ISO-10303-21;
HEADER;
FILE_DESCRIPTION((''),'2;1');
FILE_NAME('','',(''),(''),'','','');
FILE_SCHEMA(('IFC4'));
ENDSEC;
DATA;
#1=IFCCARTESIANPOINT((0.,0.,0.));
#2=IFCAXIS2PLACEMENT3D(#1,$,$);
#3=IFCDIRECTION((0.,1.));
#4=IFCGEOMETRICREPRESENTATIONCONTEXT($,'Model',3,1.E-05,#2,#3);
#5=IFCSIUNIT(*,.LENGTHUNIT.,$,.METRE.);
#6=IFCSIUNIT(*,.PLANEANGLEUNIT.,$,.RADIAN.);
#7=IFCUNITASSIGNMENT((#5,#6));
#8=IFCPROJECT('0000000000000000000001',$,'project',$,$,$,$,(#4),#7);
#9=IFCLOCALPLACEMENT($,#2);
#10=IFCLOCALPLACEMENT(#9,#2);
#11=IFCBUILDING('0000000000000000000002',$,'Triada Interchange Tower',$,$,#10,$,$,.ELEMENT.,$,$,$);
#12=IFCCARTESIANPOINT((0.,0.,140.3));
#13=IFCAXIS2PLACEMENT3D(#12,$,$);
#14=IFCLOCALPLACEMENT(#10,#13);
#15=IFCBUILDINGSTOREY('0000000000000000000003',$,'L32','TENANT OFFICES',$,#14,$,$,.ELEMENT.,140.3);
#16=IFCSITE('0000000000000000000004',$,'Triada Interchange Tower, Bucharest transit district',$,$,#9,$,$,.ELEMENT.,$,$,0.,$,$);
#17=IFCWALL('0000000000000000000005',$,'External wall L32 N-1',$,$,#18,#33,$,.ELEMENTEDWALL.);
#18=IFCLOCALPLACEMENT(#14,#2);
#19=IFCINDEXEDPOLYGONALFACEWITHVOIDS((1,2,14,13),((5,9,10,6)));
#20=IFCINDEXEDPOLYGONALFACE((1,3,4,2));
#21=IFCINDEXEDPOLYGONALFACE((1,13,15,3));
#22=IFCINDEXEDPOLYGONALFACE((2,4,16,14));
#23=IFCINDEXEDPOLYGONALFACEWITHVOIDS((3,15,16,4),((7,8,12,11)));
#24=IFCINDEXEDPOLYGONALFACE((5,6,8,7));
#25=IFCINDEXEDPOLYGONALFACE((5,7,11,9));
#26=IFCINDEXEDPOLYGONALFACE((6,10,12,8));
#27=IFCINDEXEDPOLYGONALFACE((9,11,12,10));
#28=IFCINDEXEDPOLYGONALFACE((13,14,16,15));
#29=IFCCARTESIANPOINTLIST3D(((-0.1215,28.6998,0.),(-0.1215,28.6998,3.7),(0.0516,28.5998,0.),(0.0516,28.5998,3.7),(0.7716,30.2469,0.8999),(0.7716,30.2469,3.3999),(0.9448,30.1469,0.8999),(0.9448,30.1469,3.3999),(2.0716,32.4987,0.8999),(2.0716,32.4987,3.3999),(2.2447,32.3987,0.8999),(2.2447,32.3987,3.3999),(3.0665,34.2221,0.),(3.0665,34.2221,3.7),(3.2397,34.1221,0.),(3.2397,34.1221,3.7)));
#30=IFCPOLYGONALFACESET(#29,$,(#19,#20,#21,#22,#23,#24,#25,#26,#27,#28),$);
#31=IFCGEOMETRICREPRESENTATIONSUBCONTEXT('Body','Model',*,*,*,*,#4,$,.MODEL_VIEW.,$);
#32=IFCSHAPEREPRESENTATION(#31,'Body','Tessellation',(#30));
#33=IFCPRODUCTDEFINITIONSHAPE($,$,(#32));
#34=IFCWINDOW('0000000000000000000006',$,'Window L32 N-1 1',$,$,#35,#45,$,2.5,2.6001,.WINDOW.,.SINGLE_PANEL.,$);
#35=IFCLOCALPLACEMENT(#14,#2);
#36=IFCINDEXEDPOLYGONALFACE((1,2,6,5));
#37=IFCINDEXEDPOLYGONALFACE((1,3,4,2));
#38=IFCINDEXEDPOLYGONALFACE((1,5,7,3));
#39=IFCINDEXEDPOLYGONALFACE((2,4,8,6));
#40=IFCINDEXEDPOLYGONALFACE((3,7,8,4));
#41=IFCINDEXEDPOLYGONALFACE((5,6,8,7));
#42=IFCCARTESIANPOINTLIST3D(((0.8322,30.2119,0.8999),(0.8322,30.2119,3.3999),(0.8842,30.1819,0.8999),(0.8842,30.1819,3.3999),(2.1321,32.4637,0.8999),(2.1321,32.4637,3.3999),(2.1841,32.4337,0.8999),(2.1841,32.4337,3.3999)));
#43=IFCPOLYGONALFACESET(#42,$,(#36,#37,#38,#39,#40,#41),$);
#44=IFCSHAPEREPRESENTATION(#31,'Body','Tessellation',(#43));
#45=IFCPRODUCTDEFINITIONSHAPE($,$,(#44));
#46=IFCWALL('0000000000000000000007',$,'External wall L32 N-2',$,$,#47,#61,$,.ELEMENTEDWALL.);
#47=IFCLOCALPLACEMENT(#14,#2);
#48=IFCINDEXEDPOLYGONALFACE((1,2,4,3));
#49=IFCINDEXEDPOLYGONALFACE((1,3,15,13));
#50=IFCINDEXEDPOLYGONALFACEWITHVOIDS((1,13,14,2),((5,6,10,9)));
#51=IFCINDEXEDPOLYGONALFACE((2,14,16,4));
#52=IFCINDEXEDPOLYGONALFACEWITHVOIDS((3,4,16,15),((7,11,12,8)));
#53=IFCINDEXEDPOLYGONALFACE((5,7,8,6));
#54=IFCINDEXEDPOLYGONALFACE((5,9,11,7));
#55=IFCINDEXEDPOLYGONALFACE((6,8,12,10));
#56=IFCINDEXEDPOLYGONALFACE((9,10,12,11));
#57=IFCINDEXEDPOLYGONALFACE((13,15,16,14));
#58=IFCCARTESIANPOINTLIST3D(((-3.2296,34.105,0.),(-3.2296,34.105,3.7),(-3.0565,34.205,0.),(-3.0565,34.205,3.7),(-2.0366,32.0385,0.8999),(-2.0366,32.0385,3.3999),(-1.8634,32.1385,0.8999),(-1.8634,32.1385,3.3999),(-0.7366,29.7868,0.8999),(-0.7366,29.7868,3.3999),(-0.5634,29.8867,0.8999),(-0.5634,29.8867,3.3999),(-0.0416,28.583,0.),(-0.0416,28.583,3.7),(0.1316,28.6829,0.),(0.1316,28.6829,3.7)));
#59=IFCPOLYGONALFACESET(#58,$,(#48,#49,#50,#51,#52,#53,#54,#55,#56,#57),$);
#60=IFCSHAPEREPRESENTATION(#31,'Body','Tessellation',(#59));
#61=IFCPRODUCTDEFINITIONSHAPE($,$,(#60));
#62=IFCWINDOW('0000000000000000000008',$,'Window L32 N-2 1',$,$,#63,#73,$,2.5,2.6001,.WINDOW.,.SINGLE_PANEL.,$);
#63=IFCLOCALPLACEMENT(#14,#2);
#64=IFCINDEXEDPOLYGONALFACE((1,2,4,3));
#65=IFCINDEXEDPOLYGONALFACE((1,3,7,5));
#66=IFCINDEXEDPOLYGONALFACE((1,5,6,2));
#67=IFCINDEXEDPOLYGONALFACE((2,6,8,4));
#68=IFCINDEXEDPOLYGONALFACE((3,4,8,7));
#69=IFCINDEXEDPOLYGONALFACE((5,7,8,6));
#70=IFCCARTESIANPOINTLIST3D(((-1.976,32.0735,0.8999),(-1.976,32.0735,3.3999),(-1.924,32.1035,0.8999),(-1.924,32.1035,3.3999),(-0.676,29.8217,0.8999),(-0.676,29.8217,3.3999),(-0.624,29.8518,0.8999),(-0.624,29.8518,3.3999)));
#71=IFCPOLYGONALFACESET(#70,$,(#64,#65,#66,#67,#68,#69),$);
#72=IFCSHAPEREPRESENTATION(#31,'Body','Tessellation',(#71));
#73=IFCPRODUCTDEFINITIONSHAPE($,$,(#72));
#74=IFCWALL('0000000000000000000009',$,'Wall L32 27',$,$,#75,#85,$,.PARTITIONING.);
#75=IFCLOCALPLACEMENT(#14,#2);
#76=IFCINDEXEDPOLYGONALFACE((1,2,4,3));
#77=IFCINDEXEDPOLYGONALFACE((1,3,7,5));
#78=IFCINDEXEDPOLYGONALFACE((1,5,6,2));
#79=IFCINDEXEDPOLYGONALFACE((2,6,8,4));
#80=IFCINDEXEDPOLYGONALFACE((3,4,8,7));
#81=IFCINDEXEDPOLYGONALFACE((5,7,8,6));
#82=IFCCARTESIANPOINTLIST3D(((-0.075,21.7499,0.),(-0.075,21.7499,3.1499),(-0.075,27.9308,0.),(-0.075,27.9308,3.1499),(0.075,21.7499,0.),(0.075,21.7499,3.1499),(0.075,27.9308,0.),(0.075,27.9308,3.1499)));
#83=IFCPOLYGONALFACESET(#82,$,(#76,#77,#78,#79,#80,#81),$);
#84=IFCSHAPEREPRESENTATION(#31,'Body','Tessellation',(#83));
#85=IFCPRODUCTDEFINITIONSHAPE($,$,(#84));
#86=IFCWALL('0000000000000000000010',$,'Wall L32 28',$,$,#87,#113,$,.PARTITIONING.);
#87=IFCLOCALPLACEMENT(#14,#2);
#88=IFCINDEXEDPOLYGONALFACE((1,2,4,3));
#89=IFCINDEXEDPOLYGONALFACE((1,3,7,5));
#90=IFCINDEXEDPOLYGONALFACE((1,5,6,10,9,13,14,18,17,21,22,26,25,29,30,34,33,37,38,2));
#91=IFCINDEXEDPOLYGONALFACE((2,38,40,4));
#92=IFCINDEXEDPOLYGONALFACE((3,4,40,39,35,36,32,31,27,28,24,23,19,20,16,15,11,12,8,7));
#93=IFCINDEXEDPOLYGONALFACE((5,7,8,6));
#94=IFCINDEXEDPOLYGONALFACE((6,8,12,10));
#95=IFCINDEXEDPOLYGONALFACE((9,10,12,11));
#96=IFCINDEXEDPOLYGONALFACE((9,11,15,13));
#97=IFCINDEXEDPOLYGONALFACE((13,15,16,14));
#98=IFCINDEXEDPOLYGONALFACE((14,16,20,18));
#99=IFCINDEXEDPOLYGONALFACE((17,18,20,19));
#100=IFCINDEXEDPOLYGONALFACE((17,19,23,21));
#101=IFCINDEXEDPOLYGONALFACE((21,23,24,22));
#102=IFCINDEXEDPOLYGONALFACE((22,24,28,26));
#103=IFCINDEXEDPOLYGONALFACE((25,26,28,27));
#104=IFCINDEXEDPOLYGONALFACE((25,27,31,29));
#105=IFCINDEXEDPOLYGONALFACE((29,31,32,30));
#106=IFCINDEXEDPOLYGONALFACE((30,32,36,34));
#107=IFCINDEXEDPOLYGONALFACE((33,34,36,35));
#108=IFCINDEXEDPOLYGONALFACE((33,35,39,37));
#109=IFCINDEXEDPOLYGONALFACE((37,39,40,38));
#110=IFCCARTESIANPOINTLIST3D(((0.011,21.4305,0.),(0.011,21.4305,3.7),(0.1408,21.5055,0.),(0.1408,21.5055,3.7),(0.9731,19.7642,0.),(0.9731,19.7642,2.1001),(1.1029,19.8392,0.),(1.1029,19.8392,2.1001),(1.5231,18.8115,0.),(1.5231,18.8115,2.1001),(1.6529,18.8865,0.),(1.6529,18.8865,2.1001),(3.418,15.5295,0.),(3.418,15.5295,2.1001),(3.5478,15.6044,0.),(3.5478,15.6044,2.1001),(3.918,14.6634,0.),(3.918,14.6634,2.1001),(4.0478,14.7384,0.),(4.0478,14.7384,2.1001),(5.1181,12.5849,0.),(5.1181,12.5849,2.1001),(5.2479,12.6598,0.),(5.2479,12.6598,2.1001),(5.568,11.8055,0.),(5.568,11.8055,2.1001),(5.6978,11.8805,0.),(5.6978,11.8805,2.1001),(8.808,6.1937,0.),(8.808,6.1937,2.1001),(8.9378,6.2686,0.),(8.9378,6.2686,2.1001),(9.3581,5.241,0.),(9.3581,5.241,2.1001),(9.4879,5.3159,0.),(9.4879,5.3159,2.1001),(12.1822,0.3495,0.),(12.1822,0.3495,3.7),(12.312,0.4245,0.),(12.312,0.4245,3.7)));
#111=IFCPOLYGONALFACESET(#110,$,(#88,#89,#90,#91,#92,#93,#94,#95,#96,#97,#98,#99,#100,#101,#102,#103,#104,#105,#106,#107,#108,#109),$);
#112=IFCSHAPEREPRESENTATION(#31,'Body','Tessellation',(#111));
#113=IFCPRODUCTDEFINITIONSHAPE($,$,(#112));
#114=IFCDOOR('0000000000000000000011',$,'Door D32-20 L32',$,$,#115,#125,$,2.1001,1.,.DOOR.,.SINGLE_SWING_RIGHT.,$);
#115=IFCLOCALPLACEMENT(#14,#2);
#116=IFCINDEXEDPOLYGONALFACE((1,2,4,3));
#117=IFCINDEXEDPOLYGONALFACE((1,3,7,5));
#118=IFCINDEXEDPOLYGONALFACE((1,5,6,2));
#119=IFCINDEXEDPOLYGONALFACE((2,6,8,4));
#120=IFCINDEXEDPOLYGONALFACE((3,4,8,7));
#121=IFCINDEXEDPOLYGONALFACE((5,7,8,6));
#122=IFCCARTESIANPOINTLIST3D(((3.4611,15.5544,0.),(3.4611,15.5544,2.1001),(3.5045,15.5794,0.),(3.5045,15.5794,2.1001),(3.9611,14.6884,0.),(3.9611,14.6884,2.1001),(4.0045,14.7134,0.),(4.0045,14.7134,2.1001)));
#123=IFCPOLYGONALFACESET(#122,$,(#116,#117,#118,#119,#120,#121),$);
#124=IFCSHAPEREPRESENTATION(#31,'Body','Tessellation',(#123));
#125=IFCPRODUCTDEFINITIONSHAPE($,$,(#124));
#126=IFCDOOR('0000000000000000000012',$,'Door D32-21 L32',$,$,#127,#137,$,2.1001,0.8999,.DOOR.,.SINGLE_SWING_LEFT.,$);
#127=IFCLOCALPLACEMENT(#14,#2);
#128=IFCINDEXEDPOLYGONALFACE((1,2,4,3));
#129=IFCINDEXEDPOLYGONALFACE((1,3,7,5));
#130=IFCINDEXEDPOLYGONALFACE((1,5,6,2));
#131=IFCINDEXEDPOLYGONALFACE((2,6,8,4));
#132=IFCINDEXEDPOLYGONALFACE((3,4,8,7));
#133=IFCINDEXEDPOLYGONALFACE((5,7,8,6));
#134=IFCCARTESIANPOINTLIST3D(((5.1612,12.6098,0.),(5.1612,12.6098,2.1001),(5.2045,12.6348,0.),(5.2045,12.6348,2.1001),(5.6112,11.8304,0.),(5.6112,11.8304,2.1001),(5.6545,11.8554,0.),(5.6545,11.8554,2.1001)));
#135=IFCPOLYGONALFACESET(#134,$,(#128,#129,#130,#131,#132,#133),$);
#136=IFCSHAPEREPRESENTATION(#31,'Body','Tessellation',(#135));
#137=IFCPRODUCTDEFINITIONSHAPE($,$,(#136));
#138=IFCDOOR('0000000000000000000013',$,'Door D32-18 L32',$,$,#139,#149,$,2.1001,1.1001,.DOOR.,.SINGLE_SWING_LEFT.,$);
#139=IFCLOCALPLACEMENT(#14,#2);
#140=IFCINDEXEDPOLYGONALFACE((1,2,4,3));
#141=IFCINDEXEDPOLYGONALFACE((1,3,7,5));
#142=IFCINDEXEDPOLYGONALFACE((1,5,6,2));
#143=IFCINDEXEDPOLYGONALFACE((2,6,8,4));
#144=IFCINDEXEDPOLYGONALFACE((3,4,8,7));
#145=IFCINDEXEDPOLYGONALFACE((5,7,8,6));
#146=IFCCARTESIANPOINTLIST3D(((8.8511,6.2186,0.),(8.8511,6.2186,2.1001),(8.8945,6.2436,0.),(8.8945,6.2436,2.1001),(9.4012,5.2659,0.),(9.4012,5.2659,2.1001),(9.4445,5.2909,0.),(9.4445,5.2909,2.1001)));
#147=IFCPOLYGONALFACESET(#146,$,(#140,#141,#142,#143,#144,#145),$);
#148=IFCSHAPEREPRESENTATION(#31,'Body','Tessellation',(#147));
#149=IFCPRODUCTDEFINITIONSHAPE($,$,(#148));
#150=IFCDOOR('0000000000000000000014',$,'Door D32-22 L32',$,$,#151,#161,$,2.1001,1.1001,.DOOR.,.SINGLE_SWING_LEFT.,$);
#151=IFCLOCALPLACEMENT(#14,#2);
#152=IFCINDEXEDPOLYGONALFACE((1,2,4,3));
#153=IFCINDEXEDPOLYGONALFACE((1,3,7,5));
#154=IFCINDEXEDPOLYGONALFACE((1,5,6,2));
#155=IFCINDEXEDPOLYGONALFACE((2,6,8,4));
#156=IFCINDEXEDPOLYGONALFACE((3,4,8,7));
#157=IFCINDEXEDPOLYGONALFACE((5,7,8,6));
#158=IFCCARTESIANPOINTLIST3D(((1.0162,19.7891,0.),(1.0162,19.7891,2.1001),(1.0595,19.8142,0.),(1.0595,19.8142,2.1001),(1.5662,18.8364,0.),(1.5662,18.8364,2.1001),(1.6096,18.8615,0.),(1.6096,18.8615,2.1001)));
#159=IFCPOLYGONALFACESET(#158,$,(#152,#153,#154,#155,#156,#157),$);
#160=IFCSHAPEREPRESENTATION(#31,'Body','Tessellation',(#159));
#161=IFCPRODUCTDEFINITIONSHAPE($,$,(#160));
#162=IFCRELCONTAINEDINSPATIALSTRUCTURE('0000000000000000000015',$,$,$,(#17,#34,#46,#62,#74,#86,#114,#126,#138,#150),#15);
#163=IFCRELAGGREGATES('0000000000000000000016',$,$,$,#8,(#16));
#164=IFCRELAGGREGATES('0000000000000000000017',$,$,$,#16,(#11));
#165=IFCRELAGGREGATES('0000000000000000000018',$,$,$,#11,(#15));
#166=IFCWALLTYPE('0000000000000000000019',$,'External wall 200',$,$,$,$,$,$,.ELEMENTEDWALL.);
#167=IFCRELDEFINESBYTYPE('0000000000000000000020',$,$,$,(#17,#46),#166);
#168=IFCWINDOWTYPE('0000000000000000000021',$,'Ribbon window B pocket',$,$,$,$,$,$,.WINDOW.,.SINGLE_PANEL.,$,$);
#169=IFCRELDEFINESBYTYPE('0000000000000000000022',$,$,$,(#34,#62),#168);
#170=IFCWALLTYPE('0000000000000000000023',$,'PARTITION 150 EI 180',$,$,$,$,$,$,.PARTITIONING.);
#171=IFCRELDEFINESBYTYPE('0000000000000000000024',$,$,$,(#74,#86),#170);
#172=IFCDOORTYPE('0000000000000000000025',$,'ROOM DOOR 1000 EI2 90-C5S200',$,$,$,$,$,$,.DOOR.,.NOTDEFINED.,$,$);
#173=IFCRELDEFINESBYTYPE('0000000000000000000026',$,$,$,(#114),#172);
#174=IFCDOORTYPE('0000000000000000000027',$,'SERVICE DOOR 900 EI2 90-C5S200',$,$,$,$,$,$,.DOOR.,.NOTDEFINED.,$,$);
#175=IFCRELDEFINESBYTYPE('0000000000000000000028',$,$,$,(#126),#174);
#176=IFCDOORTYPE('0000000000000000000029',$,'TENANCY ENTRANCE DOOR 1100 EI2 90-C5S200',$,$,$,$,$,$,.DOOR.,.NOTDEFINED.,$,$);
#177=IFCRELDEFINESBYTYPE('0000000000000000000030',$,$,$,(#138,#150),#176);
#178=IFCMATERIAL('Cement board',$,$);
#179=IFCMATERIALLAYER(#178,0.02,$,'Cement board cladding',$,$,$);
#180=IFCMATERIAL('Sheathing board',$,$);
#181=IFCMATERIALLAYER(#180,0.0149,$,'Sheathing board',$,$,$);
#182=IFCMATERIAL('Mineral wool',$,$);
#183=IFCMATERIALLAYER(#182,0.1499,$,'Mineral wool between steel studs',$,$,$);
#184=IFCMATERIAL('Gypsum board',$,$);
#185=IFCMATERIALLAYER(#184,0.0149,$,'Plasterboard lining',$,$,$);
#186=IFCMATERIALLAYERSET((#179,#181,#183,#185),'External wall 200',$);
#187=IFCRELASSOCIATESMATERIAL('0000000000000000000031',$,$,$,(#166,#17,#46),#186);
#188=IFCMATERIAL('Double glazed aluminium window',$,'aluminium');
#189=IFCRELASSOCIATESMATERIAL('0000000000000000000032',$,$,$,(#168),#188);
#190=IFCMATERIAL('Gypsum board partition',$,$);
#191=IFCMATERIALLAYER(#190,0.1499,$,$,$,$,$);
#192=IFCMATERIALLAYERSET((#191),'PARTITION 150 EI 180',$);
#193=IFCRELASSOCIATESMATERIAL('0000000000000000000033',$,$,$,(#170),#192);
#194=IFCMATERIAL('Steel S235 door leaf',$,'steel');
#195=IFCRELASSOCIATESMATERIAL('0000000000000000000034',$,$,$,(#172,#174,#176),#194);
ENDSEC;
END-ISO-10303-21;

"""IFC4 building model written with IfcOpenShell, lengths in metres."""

from ifc_helpers import new_model, si_unit, direction, frame, frame_2d, origin, place, context, subcontext, project, spatial, rectangle, extrude, material, layer, layer_set, layer_usage, type_object, element, fill, save


model = new_model("IFC4")

# Units and contexts
model_context = context("Model", 3, precision=1e-05, world=origin(), true_north=direction((0.0, 1.0)))
body_context = subcontext(model_context, "Body", "Model", "MODEL_VIEW")
ifc_project = project(units=[si_unit("LENGTHUNIT", "METRE"), si_unit("PLANEANGLEUNIT", "RADIAN")], contexts=[model_context])

# Site, building, storey
site_placement = place(None, origin())
site = spatial("IfcSite", under=ifc_project, at=site_placement, Name="Triada Interchange Tower, Bucharest transit district", CompositionType="ELEMENT", RefElevation=0.0)
building_placement = place(site_placement, origin())
building = spatial("IfcBuilding", under=site, at=building_placement, Name="Triada Interchange Tower", CompositionType="ELEMENT")
storey_placement = place(building_placement, frame((0.0, 0.0, 140.3)))
storey = spatial("IfcBuildingStorey", under=building, at=storey_placement, Name="L32", Description="TENANT OFFICES", CompositionType="ELEMENT", Elevation=140.3)

# Walls, openings, windows
ifc_material_1 = material(Name="Cement board")
ifc_layer_1 = layer(ifc_material_1, 0.02, Name="Cement board cladding")
ifc_material_2 = material(Name="Sheathing board")
ifc_layer_2 = layer(ifc_material_2, 0.0149, Name="Sheathing board")
ifc_material_3 = material(Name="Mineral wool")
ifc_layer_3 = layer(ifc_material_3, 0.1499, Name="Mineral wool between steel studs")
ifc_material_4 = material(Name="Gypsum board")
ifc_layer_4 = layer(ifc_material_4, 0.0149, Name="Plasterboard lining")
ifc_layer_set_1 = layer_set([ifc_layer_1, ifc_layer_2, ifc_layer_3, ifc_layer_4], Name="External wall 200")
ifc_layer_usage = layer_usage(ifc_layer_set_1, "AXIS2", "POSITIVE", -0.1001)
wall_type_1 = type_object("IfcWallType", Name="External wall 200", PredefinedType="ELEMENTEDWALL", material=ifc_layer_set_1)
wall_1_placement = place(storey_placement, frame((3.1531, 34.1721, 0.0), z_axis=(0.0, 0.0, 1.0), x_axis=(-0.499969, -0.866043, 0.0)))
wall_1 = element("IfcWall", 1, at=wall_1_placement, inside=storey, type_object=wall_type_1, material=ifc_layer_usage, Name="External wall L32 N-1", PredefinedType="ELEMENTEDWALL", context=body_context, shape_type="SweptSolid", body=[
    extrude(rectangle(XDim=6.3765, YDim=0.2, at=frame_2d((3.1882, 0.0))), origin(), (0.0, 0.0, 1.0), 3.7),
])
opening_1_placement = place(wall_1_placement, frame((1.99, 0.0, 0.8999)))
opening_1 = element("IfcOpeningElement", 2, at=opening_1_placement, cuts=wall_1, PredefinedType="OPENING", context=body_context, shape_type="SweptSolid", body=[
    extrude(rectangle(XDim=2.6001, YDim=2.5, at=frame_2d((1.3, 1.25))), frame((0.0, 0.1099, 0.0), z_axis=(0.0, -1.0, 0.0), x_axis=(1.0, 0.0, 0.0)), (0.0, 0.0, 1.0), 0.22),
])
ifc_material_5 = material(Name="Double glazed aluminium window", Category="aluminium")
window_type = type_object("IfcWindowType", Name="Ribbon window B pocket", PartitioningType="SINGLE_PANEL", PredefinedType="WINDOW", material=ifc_material_5)
window_1_placement = place(opening_1_placement, origin())
window_1 = element("IfcWindow", 3, at=window_1_placement, inside=storey, type_object=window_type, Name="Window L32 N-1 1", OverallHeight=2.5, OverallWidth=2.6001, PartitioningType="SINGLE_PANEL", PredefinedType="WINDOW", context=body_context, shape_type="SweptSolid", body=[
    extrude(rectangle(XDim=2.6001, YDim=2.5, at=frame_2d((1.3, 1.25))), frame((0.0, 0.03, 0.0), z_axis=(0.0, -1.0, 0.0), x_axis=(1.0, 0.0, 0.0)), (0.0, 0.0, 1.0), 0.0601),
])
fill(opening_1, window_1)
wall_2_placement = place(storey_placement, frame((0.0449, 28.6331, 0.0), z_axis=(0.0, 0.0, 1.0), x_axis=(-0.499985, 0.866034, 0.0)))
wall_2 = element("IfcWall", 4, at=wall_2_placement, inside=storey, type_object=wall_type_1, material=ifc_layer_usage, Name="External wall L32 N-2", PredefinedType="ELEMENTEDWALL", context=body_context, shape_type="SweptSolid", body=[
    extrude(rectangle(XDim=6.3762, YDim=0.2, at=frame_2d((3.188, 0.0))), origin(), (0.0, 0.0, 1.0), 3.7),
])
opening_2_placement = place(wall_2_placement, frame((1.3899, 0.0, 0.8999)))
opening_2 = element("IfcOpeningElement", 5, at=opening_2_placement, cuts=wall_2, PredefinedType="OPENING", context=body_context, shape_type="SweptSolid", body=[
    extrude(rectangle(XDim=2.6001, YDim=2.5, at=frame_2d((1.3, 1.25))), frame((0.0, 0.1099, 0.0), z_axis=(0.0, -1.0, 0.0), x_axis=(1.0, 0.0, 0.0)), (0.0, 0.0, 1.0), 0.22),
])
window_2_placement = place(opening_2_placement, origin())
window_2 = element("IfcWindow", 6, at=window_2_placement, inside=storey, type_object=window_type, Name="Window L32 N-2 1", OverallHeight=2.5, OverallWidth=2.6001, PartitioningType="SINGLE_PANEL", PredefinedType="WINDOW", context=body_context, shape_type="SweptSolid", body=[
    extrude(rectangle(XDim=2.6001, YDim=2.5, at=frame_2d((1.3, 1.25))), frame((0.0, 0.03, 0.0), z_axis=(0.0, -1.0, 0.0), x_axis=(1.0, 0.0, 0.0)), (0.0, 0.0, 1.0), 0.0601),
])
fill(opening_2, window_2)

# Wall
ifc_material_6 = material(Name="Gypsum board partition")
ifc_layer_5 = layer(ifc_material_6, 0.1499)
ifc_layer_set_2 = layer_set([ifc_layer_5], Name="PARTITION 150 EI 180")
wall_type_2 = type_object("IfcWallType", Name="PARTITION 150 EI 180", PredefinedType="PARTITIONING", material=ifc_layer_set_2)
wall_3_placement = place(storey_placement, frame((0.0, 21.75, 0.0), z_axis=(0.0, 0.0, 1.0), x_axis=(0.0, 1.0, 0.0)))
element("IfcWall", 7, at=wall_3_placement, inside=storey, type_object=wall_type_2, Name="Wall L32 27", PredefinedType="PARTITIONING", context=body_context, shape_type="SweptSolid", body=[
    extrude(rectangle(XDim=6.1809, YDim=0.1499, at=frame_2d((3.0903, 0.0))), origin(), (0.0, 0.0, 1.0), 3.1499),
])

# Wall, openings, doors
wall_4_placement = place(storey_placement, frame((0.0759, 21.468, 0.0), z_axis=(0.0, 0.0, 1.0), x_axis=(0.5, -0.866026, 0.0)))
wall_4 = element("IfcWall", 8, at=wall_4_placement, inside=storey, type_object=wall_type_2, Name="Wall L32 28", PredefinedType="PARTITIONING", context=body_context, shape_type="SweptSolid", body=[
    extrude(rectangle(XDim=24.3423, YDim=0.1499, at=frame_2d((12.1711, 0.0))), origin(), (0.0, 0.0, 1.0), 3.7),
])
opening_3_placement = place(wall_4_placement, frame((17.594, 0.0, 0.0)))
opening_3 = element("IfcOpeningElement", 9, at=opening_3_placement, cuts=wall_4, PredefinedType="OPENING", context=body_context, shape_type="SweptSolid", body=[
    extrude(rectangle(XDim=1.1001, YDim=2.1001, at=frame_2d((0.55, 1.05))), frame((0.0, 0.085, 0.0), z_axis=(0.0, -1.0, 0.0), x_axis=(1.0, 0.0, 0.0)), (0.0, 0.0, 1.0), 0.1699),
])
opening_4_placement = place(wall_4_placement, frame((6.814, 0.0, 0.0)))
opening_4 = element("IfcOpeningElement", 10, at=opening_4_placement, cuts=wall_4, PredefinedType="OPENING", context=body_context, shape_type="SweptSolid", body=[
    extrude(rectangle(XDim=1.0, YDim=2.1001, at=frame_2d((0.5, 1.05))), frame((0.0, 0.085, 0.0), z_axis=(0.0, -1.0, 0.0), x_axis=(1.0, 0.0, 0.0)), (0.0, 0.0, 1.0), 0.1699),
])
opening_5_placement = place(wall_4_placement, frame((10.2141, 0.0, 0.0)))
opening_5 = element("IfcOpeningElement", 11, at=opening_5_placement, cuts=wall_4, PredefinedType="OPENING", context=body_context, shape_type="SweptSolid", body=[
    extrude(rectangle(XDim=0.8999, YDim=2.1001, at=frame_2d((0.45, 1.05))), frame((0.0, 0.085, 0.0), z_axis=(0.0, -1.0, 0.0), x_axis=(1.0, 0.0, 0.0)), (0.0, 0.0, 1.0), 0.1699),
])
opening_6_placement = place(wall_4_placement, frame((1.9241, 0.0, 0.0)))
opening_6 = element("IfcOpeningElement", 12, at=opening_6_placement, cuts=wall_4, PredefinedType="OPENING", context=body_context, shape_type="SweptSolid", body=[
    extrude(rectangle(XDim=1.1001, YDim=2.1001, at=frame_2d((0.55, 1.05))), frame((0.0, 0.085, 0.0), z_axis=(0.0, -1.0, 0.0), x_axis=(1.0, 0.0, 0.0)), (0.0, 0.0, 1.0), 0.1699),
])
ifc_material_7 = material(Name="Steel S235 door leaf", Category="steel")
door_type_1 = type_object("IfcDoorType", Name="ROOM DOOR 1000 EI2 90-C5S200", OperationType="NOTDEFINED", PredefinedType="DOOR", material=ifc_material_7)
door_1_placement = place(opening_4_placement, origin())
door_1 = element("IfcDoor", 13, at=door_1_placement, inside=storey, type_object=door_type_1, Name="Door D32-20 L32", OperationType="SINGLE_SWING_RIGHT", OverallHeight=2.1001, OverallWidth=1.0, PredefinedType="DOOR", context=body_context, shape_type="SweptSolid", body=[
    extrude(rectangle(XDim=1.0, YDim=2.1001, at=frame_2d((0.5, 1.05))), frame((0.0, 0.0249, 0.0), z_axis=(0.0, -1.0, 0.0), x_axis=(1.0, 0.0, 0.0)), (0.0, 0.0, 1.0), 0.05),
])
fill(opening_4, door_1)
door_type_2 = type_object("IfcDoorType", Name="SERVICE DOOR 900 EI2 90-C5S200", OperationType="NOTDEFINED", PredefinedType="DOOR", material=ifc_material_7)
door_2_placement = place(opening_5_placement, origin())
door_2 = element("IfcDoor", 14, at=door_2_placement, inside=storey, type_object=door_type_2, Name="Door D32-21 L32", OperationType="SINGLE_SWING_LEFT", OverallHeight=2.1001, OverallWidth=0.8999, PredefinedType="DOOR", context=body_context, shape_type="SweptSolid", body=[
    extrude(rectangle(XDim=0.8999, YDim=2.1001, at=frame_2d((0.45, 1.05))), frame((0.0, 0.0249, 0.0), z_axis=(0.0, -1.0, 0.0), x_axis=(1.0, 0.0, 0.0)), (0.0, 0.0, 1.0), 0.05),
])
fill(opening_5, door_2)
door_type_3 = type_object("IfcDoorType", Name="TENANCY ENTRANCE DOOR 1100 EI2 90-C5S200", OperationType="NOTDEFINED", PredefinedType="DOOR", material=ifc_material_7)
door_3_placement = place(opening_3_placement, origin())
door_3 = element("IfcDoor", 15, at=door_3_placement, inside=storey, type_object=door_type_3, Name="Door D32-18 L32", OperationType="SINGLE_SWING_LEFT", OverallHeight=2.1001, OverallWidth=1.1001, PredefinedType="DOOR", context=body_context, shape_type="SweptSolid", body=[
    extrude(rectangle(XDim=1.1001, YDim=2.1001, at=frame_2d((0.55, 1.05))), frame((0.0, 0.0249, 0.0), z_axis=(0.0, -1.0, 0.0), x_axis=(1.0, 0.0, 0.0)), (0.0, 0.0, 1.0), 0.05),
])
fill(opening_3, door_3)
door_4_placement = place(opening_6_placement, origin())
door_4 = element("IfcDoor", 16, at=door_4_placement, inside=storey, type_object=door_type_3, Name="Door D32-22 L32", OperationType="SINGLE_SWING_LEFT", OverallHeight=2.1001, OverallWidth=1.1001, PredefinedType="DOOR", context=body_context, shape_type="SweptSolid", body=[
    extrude(rectangle(XDim=1.1001, YDim=2.1001, at=frame_2d((0.55, 1.05))), frame((0.0, 0.0249, 0.0), z_axis=(0.0, -1.0, 0.0), x_axis=(1.0, 0.0, 0.0)), (0.0, 0.0, 1.0), 0.05),
])
fill(opening_6, door_4)

save(model, "model.ifc")
